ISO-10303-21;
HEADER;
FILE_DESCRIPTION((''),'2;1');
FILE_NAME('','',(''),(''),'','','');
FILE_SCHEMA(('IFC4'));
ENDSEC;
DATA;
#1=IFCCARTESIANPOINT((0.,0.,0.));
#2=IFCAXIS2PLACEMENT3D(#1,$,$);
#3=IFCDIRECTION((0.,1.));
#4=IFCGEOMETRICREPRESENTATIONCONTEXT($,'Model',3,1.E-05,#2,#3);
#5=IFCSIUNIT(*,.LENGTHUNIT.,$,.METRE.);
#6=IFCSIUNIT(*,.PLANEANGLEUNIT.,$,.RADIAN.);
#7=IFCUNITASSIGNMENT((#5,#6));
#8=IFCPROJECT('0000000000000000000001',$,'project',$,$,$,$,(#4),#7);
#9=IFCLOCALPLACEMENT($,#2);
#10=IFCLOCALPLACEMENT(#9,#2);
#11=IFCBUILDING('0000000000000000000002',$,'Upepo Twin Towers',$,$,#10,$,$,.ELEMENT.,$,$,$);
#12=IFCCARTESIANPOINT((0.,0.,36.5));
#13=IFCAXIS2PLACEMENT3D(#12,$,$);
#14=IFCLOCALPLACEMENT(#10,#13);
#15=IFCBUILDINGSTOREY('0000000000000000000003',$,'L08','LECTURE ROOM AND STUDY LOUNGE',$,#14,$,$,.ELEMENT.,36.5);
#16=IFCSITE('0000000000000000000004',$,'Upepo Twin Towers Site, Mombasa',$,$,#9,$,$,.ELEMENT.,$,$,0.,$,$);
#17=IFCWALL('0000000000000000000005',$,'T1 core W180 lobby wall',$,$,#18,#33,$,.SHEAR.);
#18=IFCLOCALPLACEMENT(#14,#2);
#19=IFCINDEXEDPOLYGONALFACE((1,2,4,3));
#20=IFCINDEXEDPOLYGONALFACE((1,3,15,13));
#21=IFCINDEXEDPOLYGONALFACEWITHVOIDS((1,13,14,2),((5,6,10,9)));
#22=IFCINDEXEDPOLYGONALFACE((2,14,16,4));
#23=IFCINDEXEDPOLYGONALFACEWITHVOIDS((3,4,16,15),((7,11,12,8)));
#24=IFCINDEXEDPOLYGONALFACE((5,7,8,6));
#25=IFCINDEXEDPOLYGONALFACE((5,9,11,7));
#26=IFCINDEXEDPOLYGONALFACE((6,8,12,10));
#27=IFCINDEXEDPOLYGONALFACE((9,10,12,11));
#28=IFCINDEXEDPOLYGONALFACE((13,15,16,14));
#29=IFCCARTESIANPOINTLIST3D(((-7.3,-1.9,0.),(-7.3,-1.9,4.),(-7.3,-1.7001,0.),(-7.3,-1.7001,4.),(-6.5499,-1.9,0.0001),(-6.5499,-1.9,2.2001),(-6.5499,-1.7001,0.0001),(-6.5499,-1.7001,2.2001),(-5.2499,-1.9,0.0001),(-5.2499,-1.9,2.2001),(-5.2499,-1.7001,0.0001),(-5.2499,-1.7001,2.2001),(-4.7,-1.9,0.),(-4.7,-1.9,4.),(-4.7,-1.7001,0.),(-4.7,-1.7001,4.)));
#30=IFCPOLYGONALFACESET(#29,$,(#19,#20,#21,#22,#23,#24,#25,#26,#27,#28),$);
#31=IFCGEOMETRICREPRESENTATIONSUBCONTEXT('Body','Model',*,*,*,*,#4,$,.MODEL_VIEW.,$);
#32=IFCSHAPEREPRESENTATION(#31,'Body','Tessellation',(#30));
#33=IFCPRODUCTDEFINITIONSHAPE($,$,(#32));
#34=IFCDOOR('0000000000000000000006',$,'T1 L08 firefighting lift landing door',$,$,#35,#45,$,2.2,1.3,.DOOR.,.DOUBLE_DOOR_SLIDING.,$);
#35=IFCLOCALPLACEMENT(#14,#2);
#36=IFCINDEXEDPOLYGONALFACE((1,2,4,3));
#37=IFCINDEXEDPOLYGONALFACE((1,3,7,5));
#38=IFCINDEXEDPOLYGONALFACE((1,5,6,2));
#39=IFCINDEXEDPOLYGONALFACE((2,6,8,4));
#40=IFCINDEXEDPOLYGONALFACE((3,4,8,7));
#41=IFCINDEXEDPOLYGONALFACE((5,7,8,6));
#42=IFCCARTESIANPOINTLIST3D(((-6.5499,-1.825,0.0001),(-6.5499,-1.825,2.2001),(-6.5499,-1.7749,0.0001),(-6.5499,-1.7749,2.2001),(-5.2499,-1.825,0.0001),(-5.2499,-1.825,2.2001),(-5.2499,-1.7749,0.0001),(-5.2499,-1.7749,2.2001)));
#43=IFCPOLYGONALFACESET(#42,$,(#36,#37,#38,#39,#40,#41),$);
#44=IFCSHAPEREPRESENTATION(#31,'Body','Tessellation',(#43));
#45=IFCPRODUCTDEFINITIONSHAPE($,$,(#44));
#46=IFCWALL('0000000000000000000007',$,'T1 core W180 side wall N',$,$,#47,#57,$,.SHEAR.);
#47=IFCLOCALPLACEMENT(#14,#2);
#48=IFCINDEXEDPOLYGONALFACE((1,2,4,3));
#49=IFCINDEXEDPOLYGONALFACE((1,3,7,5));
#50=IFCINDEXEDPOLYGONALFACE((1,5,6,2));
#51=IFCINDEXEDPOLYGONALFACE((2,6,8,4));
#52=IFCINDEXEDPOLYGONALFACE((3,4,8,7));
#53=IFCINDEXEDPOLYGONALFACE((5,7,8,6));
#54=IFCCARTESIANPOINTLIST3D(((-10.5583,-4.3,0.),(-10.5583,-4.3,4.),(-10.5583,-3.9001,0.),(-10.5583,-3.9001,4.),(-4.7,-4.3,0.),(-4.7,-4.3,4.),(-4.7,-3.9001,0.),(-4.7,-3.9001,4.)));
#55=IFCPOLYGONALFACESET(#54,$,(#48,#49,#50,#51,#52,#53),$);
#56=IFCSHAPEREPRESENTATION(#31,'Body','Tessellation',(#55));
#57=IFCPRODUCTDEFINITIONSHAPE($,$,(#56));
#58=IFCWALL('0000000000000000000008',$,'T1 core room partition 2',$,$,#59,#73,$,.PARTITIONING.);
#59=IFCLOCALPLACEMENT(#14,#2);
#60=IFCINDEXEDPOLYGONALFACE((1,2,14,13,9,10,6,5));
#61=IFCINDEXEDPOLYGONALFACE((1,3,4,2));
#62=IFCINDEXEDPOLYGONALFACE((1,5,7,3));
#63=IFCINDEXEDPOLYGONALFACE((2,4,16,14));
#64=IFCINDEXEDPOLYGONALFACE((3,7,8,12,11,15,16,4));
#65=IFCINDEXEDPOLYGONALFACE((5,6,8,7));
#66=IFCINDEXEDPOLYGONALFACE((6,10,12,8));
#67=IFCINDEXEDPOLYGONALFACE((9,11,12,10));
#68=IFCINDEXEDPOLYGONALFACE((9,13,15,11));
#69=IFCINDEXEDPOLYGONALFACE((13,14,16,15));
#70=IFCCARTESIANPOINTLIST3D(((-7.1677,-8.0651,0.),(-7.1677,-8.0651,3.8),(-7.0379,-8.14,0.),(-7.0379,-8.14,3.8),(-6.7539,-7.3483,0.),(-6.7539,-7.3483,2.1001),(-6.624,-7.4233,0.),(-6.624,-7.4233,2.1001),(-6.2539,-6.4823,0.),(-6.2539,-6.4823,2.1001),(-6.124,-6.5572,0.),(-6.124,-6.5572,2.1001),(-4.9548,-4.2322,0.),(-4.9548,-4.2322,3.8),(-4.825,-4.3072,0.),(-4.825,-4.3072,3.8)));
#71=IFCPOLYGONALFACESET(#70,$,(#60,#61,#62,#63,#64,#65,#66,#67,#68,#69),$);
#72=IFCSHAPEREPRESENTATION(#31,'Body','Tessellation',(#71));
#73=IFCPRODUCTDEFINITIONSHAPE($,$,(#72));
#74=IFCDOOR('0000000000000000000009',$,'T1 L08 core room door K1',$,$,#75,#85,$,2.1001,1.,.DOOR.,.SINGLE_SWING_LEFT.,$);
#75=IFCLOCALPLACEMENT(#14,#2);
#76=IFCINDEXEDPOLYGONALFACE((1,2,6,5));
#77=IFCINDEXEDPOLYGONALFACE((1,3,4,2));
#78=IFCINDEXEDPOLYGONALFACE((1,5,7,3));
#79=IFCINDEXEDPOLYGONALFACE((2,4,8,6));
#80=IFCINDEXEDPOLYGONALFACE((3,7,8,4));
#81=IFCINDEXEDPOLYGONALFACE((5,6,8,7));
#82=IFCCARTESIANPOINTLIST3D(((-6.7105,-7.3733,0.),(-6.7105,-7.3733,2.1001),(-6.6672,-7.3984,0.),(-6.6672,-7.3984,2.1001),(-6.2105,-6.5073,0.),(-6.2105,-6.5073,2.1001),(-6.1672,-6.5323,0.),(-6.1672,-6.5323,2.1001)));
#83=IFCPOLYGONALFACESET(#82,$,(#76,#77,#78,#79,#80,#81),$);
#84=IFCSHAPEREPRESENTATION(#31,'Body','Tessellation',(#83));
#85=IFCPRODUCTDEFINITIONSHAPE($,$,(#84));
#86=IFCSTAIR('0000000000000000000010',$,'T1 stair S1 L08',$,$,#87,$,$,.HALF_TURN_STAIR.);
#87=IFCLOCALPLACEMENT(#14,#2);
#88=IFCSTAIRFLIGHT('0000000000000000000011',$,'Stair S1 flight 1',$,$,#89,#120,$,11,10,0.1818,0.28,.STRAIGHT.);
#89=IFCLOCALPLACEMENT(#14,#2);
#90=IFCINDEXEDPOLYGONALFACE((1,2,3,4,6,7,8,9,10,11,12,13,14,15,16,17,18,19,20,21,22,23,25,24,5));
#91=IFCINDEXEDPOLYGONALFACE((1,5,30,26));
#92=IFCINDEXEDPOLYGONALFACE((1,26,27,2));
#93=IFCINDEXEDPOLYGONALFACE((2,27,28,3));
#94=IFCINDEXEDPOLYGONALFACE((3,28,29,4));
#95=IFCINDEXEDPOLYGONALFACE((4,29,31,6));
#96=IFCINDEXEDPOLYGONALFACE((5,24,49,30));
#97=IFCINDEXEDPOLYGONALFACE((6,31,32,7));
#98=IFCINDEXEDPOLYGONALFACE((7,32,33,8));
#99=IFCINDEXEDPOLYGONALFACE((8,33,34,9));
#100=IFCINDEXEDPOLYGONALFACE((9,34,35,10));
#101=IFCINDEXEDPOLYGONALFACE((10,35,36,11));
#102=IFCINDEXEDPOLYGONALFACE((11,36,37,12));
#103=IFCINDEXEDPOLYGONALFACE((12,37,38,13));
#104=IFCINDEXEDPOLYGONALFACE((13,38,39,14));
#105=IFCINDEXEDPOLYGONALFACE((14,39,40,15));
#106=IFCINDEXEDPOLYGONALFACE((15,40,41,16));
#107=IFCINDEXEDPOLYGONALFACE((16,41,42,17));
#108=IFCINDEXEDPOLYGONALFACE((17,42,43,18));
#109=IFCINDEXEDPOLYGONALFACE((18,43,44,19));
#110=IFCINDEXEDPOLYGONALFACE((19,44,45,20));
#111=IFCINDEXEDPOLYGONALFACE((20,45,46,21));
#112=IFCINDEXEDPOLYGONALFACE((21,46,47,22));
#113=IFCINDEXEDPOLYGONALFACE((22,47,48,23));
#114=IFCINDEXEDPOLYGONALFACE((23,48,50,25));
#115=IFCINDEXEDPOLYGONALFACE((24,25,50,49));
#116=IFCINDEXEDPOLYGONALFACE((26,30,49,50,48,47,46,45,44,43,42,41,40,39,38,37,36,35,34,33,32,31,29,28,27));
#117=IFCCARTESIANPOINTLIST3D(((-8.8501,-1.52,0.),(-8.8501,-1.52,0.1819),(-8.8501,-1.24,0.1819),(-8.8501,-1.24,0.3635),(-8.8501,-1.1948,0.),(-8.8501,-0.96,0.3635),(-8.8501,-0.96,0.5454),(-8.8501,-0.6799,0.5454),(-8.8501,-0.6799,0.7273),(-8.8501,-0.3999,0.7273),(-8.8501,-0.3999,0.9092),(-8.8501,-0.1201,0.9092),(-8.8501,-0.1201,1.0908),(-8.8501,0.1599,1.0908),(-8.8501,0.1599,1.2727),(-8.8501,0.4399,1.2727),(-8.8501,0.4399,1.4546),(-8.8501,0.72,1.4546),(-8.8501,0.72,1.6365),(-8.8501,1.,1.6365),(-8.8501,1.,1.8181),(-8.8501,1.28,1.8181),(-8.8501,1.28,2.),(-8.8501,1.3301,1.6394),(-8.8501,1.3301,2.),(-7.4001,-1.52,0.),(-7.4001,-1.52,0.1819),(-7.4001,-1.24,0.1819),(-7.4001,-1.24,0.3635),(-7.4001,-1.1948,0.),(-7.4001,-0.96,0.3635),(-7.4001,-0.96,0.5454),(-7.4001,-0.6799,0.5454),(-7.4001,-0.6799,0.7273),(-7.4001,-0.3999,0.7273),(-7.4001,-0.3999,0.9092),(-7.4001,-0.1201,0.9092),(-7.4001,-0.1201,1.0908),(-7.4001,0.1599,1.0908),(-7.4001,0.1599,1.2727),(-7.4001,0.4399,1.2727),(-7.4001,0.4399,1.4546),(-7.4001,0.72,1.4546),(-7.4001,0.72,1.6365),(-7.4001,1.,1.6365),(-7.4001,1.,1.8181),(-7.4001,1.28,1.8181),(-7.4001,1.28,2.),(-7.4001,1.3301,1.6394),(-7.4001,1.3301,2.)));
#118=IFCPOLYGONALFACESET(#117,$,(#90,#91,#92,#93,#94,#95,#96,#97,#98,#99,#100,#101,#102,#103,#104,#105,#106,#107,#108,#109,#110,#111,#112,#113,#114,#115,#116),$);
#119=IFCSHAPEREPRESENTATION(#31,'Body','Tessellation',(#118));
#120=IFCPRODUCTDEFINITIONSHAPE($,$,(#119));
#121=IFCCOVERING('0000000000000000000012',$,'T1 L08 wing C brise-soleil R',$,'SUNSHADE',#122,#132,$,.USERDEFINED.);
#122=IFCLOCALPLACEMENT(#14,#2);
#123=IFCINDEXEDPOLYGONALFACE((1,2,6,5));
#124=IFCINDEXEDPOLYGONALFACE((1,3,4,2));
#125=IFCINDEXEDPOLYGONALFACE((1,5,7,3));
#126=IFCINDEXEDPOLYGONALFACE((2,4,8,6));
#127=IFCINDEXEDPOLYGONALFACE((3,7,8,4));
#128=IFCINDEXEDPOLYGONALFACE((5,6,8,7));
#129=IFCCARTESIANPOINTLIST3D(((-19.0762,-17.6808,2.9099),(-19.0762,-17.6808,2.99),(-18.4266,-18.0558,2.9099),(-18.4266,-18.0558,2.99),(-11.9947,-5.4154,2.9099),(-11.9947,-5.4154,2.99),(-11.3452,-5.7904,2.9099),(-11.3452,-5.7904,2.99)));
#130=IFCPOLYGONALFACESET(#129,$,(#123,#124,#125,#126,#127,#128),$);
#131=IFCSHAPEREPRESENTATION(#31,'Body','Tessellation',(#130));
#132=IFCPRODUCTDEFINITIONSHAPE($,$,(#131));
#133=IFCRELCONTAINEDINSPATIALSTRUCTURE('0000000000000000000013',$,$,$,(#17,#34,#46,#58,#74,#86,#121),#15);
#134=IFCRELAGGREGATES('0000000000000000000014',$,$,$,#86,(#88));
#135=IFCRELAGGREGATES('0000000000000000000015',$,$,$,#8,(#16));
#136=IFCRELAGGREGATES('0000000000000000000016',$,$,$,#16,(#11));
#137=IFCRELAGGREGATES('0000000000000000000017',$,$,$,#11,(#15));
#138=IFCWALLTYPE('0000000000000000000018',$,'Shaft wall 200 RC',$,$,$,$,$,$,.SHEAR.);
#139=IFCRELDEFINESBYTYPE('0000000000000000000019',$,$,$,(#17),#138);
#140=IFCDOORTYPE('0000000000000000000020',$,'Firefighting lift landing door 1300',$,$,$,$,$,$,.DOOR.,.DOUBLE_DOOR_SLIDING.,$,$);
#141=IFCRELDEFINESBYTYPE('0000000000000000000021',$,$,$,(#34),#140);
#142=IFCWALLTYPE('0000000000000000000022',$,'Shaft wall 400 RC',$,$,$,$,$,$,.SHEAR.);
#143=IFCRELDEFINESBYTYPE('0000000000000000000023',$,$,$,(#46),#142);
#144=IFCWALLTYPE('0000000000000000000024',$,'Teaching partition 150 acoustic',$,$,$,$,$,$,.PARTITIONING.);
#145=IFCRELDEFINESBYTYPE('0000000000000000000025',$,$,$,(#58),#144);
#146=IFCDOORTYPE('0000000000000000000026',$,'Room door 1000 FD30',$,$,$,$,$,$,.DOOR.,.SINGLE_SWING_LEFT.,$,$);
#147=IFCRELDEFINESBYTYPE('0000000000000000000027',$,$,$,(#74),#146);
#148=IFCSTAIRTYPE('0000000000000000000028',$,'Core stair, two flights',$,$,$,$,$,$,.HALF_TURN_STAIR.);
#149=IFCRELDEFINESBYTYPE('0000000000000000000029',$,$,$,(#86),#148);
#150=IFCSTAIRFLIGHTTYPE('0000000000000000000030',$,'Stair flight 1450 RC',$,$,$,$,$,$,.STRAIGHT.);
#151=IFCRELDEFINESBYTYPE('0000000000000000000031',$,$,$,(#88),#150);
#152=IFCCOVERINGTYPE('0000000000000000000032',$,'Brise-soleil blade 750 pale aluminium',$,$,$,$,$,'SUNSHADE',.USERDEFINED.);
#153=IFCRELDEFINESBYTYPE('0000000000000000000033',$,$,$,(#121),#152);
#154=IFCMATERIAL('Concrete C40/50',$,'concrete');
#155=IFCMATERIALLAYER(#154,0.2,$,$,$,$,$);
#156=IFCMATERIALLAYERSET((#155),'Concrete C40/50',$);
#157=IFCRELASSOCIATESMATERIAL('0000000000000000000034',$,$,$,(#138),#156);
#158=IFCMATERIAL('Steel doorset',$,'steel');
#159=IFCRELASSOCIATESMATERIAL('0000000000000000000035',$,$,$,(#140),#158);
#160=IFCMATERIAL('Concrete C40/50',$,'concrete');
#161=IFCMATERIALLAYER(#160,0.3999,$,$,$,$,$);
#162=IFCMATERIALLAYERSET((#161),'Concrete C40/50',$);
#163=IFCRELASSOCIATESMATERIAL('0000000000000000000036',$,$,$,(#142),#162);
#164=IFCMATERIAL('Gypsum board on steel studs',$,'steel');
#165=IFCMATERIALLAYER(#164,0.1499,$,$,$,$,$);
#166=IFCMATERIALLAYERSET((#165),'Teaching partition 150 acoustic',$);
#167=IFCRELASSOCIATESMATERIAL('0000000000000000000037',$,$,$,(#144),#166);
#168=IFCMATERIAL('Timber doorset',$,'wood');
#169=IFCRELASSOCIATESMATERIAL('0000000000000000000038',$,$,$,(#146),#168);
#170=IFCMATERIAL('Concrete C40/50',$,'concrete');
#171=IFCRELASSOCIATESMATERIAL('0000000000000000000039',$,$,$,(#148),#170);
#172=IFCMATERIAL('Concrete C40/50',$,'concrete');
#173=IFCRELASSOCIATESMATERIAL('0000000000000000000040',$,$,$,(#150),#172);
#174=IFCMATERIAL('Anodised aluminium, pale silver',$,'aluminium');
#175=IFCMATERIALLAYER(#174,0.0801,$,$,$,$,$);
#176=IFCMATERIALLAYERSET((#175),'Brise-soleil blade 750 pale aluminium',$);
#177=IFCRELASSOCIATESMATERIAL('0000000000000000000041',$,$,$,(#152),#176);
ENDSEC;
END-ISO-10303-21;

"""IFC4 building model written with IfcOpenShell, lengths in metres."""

from ifc_helpers import new_model, si_unit, direction, frame, frame_2d, origin, origin_2d, place, context, subcontext, project, spatial, polyline, rectangle, outline, extrude, material, layer, layer_set, type_object, element, fill, aggregate, save


model = new_model("IFC4")

# Units and contexts
model_context = context("Model", 3, precision=1e-05, world=origin(), true_north=direction((0.0, 1.0)))
body_context = subcontext(model_context, "Body", "Model", "MODEL_VIEW")
ifc_project = project(units=[si_unit("LENGTHUNIT", "METRE"), si_unit("PLANEANGLEUNIT", "RADIAN")], contexts=[model_context])

# Site, building, storey
site_placement = place(None, origin())
site = spatial("IfcSite", under=ifc_project, at=site_placement, Name="Upepo Twin Towers Site, Mombasa", CompositionType="ELEMENT", RefElevation=0.0)
building_placement = place(site_placement, origin())
building = spatial("IfcBuilding", under=site, at=building_placement, Name="Upepo Twin Towers", CompositionType="ELEMENT")
storey_placement = place(building_placement, frame((0.0, 0.0, 36.5)))
storey = spatial("IfcBuildingStorey", under=building, at=storey_placement, Name="L08", Description="LECTURE ROOM AND STUDY LOUNGE", CompositionType="ELEMENT", Elevation=36.5)

# Wall, opening, door
ifc_material_1 = material(Name="Concrete C40/50", Category="concrete")
ifc_layer_1 = layer(ifc_material_1, 0.2)
ifc_layer_set_1 = layer_set([ifc_layer_1], Name="Concrete C40/50")
wall_type_1 = type_object("IfcWallType", Name="Shaft wall 200 RC", PredefinedType="SHEAR", material=ifc_layer_set_1)
wall_1_placement = place(storey_placement, frame((-4.7, -1.8, 0.0), z_axis=(0.0, 0.0, 1.0), x_axis=(-1.0, 0.0, 0.0)))
wall_1 = element("IfcWall", 1, at=wall_1_placement, inside=storey, type_object=wall_type_1, Name="T1 core W180 lobby wall", PredefinedType="SHEAR", context=body_context, shape_type="SweptSolid", body=[
    extrude(rectangle(XDim=2.6001, YDim=0.2, at=frame_2d((1.3, 0.0))), origin(), (0.0, 0.0, 1.0), 4.0),
])
opening_1_placement = place(wall_1_placement, frame((0.55, 0.0, 0.0)))
opening_1 = element("IfcOpeningElement", 2, at=opening_1_placement, cuts=wall_1, PredefinedType="OPENING", context=body_context, shape_type="SweptSolid", body=[
    extrude(rectangle(XDim=1.3, YDim=2.2, at=frame_2d((0.6499, 1.1001))), frame((0.0, 0.1099, 0.0), z_axis=(0.0, -1.0, 0.0), x_axis=(1.0, 0.0, 0.0)), (0.0, 0.0, 1.0), 0.22),
])
ifc_material_2 = material(Name="Steel doorset", Category="steel")
door_type_1 = type_object("IfcDoorType", Name="Firefighting lift landing door 1300", OperationType="DOUBLE_DOOR_SLIDING", PredefinedType="DOOR", material=ifc_material_2)
door_1_placement = place(opening_1_placement, origin())
door_1 = element("IfcDoor", 3, at=door_1_placement, inside=storey, type_object=door_type_1, Name="T1 L08 firefighting lift landing door", OperationType="DOUBLE_DOOR_SLIDING", OverallHeight=2.2, OverallWidth=1.3, PredefinedType="DOOR", context=body_context, shape_type="SweptSolid", body=[
    extrude(rectangle(XDim=1.3, YDim=2.2, at=frame_2d((0.6499, 1.1001))), frame((0.0, 0.0249, 0.0), z_axis=(0.0, -1.0, 0.0), x_axis=(1.0, 0.0, 0.0)), (0.0, 0.0, 1.0), 0.05),
])
fill(opening_1, door_1)

# Wall
ifc_material_3 = material(Name="Concrete C40/50", Category="concrete")
ifc_layer_2 = layer(ifc_material_3, 0.3999)
ifc_layer_set_2 = layer_set([ifc_layer_2], Name="Concrete C40/50")
wall_type_2 = type_object("IfcWallType", Name="Shaft wall 400 RC", PredefinedType="SHEAR", material=ifc_layer_set_2)
wall_2_placement = place(storey_placement, frame((-4.7, -4.1001, 0.0), z_axis=(0.0, 0.0, 1.0), x_axis=(-1.0, 0.0, 0.0)))
element("IfcWall", 4, at=wall_2_placement, inside=storey, type_object=wall_type_2, Name="T1 core W180 side wall N", PredefinedType="SHEAR", context=body_context, shape_type="SweptSolid", body=[
    extrude(rectangle(XDim=5.8584, YDim=0.3999, at=frame_2d((2.9292, 0.0))), origin(), (0.0, 0.0, 1.0), 4.0),
])

# Wall, opening, door
ifc_material_4 = material(Name="Gypsum board on steel studs", Category="steel")
ifc_layer_3 = layer(ifc_material_4, 0.1499)
ifc_layer_set_3 = layer_set([ifc_layer_3], Name="Teaching partition 150 acoustic")
wall_type_3 = type_object("IfcWallType", Name="Teaching partition 150 acoustic", PredefinedType="PARTITIONING", material=ifc_layer_set_3)
wall_3_placement = place(storey_placement, frame((-7.1028, -8.1025, 0.0), z_axis=(0.0, 0.0, 1.0), x_axis=(0.500007, 0.866021, 0.0)))
wall_3 = element("IfcWall", 5, at=wall_3_placement, inside=storey, type_object=wall_type_3, Name="T1 core room partition 2", PredefinedType="PARTITIONING", context=body_context, shape_type="SweptSolid", body=[
    extrude(rectangle(XDim=4.4258, YDim=0.1499, at=frame_2d((2.2129, 0.0))), origin(), (0.0, 0.0, 1.0), 3.8),
])
opening_2_placement = place(wall_3_placement, frame((0.8276, 0.0, 0.0)))
opening_2 = element("IfcOpeningElement", 6, at=opening_2_placement, cuts=wall_3, PredefinedType="OPENING", context=body_context, shape_type="SweptSolid", body=[
    extrude(rectangle(XDim=1.0, YDim=2.1001, at=frame_2d((0.5, 1.05))), frame((0.0, 0.085, 0.0), z_axis=(0.0, -1.0, 0.0), x_axis=(1.0, 0.0, 0.0)), (0.0, 0.0, 1.0), 0.1699),
])
ifc_material_5 = material(Name="Timber doorset", Category="wood")
door_type_2 = type_object("IfcDoorType", Name="Room door 1000 FD30", OperationType="SINGLE_SWING_LEFT", PredefinedType="DOOR", material=ifc_material_5)
door_2_placement = place(opening_2_placement, origin())
door_2 = element("IfcDoor", 7, at=door_2_placement, inside=storey, type_object=door_type_2, Name="T1 L08 core room door K1", OperationType="SINGLE_SWING_LEFT", OverallHeight=2.1001, OverallWidth=1.0, PredefinedType="DOOR", context=body_context, shape_type="SweptSolid", body=[
    extrude(rectangle(XDim=1.0, YDim=2.1001, at=frame_2d((0.5, 1.05))), frame((0.0, 0.0249, 0.0), z_axis=(0.0, -1.0, 0.0), x_axis=(1.0, 0.0, 0.0)), (0.0, 0.0, 1.0), 0.05),
])
fill(opening_2, door_2)

# Stair, stair flight
ifc_material_6 = material(Name="Concrete C40/50", Category="concrete")
stair_type = type_object("IfcStairType", Name="Core stair, two flights", PredefinedType="HALF_TURN_STAIR", material=ifc_material_6)
stair_placement = place(storey_placement, origin())
stair = element("IfcStair", 8, at=stair_placement, inside=storey, type_object=stair_type, Name="T1 stair S1 L08", PredefinedType="HALF_TURN_STAIR")
ifc_material_7 = material(Name="Concrete C40/50", Category="concrete")
stair_flight_type = type_object("IfcStairFlightType", Name="Stair flight 1450 RC", PredefinedType="STRAIGHT", material=ifc_material_7)
stair_flight_placement = place(storey_placement, frame((-8.125, -1.52, 0.0), z_axis=(0.0, 0.0, 1.0), x_axis=(0.0, 1.0, 0.0)))
stair_flight = element("IfcStairFlight", 9, at=stair_flight_placement, type_object=stair_flight_type, Name="Stair S1 flight 1", NumberOfRisers=11, NumberOfTreads=10, PredefinedType="STRAIGHT", RiserHeight=0.1818, TreadLength=0.28, context=body_context, shape_type="SweptSolid", body=[
    extrude(outline(polyline([(0.0, 0.0), (0.0, 0.1819), (0.28, 0.1819), (0.28, 0.3635), (0.5601, 0.3635), (0.5601, 0.5454), (0.8401, 0.5454), (0.8401, 0.7273), (1.1201, 0.7273), (1.1201, 0.9092), (1.3999, 0.9092), (1.3999, 1.0908), (1.6799, 1.0908), (1.6799, 1.2727), (1.96, 1.2727), (1.96, 1.4546), (2.24, 1.4546), (2.24, 1.6365), (2.52, 1.6365), (2.52, 1.8181), (2.8, 1.8181), (2.8, 2.0), (2.8501, 2.0), (2.8501, 1.6394), (0.3252, 0.0), (0.0, 0.0)])), frame((0.0, 0.7251, 0.0), z_axis=(0.0, -1.0, 0.0), x_axis=(1.0, 0.0, 0.0)), (0.0, 0.0, 1.0), 1.45),
])
aggregate(stair, [stair_flight])

# Covering
ifc_material_8 = material(Name="Anodised aluminium, pale silver", Category="aluminium")
ifc_layer_4 = layer(ifc_material_8, 0.0801)
ifc_layer_set_4 = layer_set([ifc_layer_4], Name="Brise-soleil blade 750 pale aluminium")
covering_type = type_object("IfcCoveringType", Name="Brise-soleil blade 750 pale aluminium", ElementType="SUNSHADE", PredefinedType="USERDEFINED", material=ifc_layer_set_4)
covering_placement = place(storey_placement, frame((-15.2107, -11.7356, 2.9099), z_axis=(0.0, 0.0, 1.0), x_axis=(-0.5, -0.866025, 0.0)))
element("IfcCovering", 10, at=covering_placement, inside=storey, type_object=covering_type, Name="T1 L08 wing C brise-soleil R", ObjectType="SUNSHADE", PredefinedType="USERDEFINED", context=body_context, shape_type="SweptSolid", body=[
    extrude(rectangle(XDim=14.1628, YDim=0.75, at=origin_2d()), origin(), (0.0, 0.0, 1.0), 0.0801),
])

save(model, "model.ifc")
